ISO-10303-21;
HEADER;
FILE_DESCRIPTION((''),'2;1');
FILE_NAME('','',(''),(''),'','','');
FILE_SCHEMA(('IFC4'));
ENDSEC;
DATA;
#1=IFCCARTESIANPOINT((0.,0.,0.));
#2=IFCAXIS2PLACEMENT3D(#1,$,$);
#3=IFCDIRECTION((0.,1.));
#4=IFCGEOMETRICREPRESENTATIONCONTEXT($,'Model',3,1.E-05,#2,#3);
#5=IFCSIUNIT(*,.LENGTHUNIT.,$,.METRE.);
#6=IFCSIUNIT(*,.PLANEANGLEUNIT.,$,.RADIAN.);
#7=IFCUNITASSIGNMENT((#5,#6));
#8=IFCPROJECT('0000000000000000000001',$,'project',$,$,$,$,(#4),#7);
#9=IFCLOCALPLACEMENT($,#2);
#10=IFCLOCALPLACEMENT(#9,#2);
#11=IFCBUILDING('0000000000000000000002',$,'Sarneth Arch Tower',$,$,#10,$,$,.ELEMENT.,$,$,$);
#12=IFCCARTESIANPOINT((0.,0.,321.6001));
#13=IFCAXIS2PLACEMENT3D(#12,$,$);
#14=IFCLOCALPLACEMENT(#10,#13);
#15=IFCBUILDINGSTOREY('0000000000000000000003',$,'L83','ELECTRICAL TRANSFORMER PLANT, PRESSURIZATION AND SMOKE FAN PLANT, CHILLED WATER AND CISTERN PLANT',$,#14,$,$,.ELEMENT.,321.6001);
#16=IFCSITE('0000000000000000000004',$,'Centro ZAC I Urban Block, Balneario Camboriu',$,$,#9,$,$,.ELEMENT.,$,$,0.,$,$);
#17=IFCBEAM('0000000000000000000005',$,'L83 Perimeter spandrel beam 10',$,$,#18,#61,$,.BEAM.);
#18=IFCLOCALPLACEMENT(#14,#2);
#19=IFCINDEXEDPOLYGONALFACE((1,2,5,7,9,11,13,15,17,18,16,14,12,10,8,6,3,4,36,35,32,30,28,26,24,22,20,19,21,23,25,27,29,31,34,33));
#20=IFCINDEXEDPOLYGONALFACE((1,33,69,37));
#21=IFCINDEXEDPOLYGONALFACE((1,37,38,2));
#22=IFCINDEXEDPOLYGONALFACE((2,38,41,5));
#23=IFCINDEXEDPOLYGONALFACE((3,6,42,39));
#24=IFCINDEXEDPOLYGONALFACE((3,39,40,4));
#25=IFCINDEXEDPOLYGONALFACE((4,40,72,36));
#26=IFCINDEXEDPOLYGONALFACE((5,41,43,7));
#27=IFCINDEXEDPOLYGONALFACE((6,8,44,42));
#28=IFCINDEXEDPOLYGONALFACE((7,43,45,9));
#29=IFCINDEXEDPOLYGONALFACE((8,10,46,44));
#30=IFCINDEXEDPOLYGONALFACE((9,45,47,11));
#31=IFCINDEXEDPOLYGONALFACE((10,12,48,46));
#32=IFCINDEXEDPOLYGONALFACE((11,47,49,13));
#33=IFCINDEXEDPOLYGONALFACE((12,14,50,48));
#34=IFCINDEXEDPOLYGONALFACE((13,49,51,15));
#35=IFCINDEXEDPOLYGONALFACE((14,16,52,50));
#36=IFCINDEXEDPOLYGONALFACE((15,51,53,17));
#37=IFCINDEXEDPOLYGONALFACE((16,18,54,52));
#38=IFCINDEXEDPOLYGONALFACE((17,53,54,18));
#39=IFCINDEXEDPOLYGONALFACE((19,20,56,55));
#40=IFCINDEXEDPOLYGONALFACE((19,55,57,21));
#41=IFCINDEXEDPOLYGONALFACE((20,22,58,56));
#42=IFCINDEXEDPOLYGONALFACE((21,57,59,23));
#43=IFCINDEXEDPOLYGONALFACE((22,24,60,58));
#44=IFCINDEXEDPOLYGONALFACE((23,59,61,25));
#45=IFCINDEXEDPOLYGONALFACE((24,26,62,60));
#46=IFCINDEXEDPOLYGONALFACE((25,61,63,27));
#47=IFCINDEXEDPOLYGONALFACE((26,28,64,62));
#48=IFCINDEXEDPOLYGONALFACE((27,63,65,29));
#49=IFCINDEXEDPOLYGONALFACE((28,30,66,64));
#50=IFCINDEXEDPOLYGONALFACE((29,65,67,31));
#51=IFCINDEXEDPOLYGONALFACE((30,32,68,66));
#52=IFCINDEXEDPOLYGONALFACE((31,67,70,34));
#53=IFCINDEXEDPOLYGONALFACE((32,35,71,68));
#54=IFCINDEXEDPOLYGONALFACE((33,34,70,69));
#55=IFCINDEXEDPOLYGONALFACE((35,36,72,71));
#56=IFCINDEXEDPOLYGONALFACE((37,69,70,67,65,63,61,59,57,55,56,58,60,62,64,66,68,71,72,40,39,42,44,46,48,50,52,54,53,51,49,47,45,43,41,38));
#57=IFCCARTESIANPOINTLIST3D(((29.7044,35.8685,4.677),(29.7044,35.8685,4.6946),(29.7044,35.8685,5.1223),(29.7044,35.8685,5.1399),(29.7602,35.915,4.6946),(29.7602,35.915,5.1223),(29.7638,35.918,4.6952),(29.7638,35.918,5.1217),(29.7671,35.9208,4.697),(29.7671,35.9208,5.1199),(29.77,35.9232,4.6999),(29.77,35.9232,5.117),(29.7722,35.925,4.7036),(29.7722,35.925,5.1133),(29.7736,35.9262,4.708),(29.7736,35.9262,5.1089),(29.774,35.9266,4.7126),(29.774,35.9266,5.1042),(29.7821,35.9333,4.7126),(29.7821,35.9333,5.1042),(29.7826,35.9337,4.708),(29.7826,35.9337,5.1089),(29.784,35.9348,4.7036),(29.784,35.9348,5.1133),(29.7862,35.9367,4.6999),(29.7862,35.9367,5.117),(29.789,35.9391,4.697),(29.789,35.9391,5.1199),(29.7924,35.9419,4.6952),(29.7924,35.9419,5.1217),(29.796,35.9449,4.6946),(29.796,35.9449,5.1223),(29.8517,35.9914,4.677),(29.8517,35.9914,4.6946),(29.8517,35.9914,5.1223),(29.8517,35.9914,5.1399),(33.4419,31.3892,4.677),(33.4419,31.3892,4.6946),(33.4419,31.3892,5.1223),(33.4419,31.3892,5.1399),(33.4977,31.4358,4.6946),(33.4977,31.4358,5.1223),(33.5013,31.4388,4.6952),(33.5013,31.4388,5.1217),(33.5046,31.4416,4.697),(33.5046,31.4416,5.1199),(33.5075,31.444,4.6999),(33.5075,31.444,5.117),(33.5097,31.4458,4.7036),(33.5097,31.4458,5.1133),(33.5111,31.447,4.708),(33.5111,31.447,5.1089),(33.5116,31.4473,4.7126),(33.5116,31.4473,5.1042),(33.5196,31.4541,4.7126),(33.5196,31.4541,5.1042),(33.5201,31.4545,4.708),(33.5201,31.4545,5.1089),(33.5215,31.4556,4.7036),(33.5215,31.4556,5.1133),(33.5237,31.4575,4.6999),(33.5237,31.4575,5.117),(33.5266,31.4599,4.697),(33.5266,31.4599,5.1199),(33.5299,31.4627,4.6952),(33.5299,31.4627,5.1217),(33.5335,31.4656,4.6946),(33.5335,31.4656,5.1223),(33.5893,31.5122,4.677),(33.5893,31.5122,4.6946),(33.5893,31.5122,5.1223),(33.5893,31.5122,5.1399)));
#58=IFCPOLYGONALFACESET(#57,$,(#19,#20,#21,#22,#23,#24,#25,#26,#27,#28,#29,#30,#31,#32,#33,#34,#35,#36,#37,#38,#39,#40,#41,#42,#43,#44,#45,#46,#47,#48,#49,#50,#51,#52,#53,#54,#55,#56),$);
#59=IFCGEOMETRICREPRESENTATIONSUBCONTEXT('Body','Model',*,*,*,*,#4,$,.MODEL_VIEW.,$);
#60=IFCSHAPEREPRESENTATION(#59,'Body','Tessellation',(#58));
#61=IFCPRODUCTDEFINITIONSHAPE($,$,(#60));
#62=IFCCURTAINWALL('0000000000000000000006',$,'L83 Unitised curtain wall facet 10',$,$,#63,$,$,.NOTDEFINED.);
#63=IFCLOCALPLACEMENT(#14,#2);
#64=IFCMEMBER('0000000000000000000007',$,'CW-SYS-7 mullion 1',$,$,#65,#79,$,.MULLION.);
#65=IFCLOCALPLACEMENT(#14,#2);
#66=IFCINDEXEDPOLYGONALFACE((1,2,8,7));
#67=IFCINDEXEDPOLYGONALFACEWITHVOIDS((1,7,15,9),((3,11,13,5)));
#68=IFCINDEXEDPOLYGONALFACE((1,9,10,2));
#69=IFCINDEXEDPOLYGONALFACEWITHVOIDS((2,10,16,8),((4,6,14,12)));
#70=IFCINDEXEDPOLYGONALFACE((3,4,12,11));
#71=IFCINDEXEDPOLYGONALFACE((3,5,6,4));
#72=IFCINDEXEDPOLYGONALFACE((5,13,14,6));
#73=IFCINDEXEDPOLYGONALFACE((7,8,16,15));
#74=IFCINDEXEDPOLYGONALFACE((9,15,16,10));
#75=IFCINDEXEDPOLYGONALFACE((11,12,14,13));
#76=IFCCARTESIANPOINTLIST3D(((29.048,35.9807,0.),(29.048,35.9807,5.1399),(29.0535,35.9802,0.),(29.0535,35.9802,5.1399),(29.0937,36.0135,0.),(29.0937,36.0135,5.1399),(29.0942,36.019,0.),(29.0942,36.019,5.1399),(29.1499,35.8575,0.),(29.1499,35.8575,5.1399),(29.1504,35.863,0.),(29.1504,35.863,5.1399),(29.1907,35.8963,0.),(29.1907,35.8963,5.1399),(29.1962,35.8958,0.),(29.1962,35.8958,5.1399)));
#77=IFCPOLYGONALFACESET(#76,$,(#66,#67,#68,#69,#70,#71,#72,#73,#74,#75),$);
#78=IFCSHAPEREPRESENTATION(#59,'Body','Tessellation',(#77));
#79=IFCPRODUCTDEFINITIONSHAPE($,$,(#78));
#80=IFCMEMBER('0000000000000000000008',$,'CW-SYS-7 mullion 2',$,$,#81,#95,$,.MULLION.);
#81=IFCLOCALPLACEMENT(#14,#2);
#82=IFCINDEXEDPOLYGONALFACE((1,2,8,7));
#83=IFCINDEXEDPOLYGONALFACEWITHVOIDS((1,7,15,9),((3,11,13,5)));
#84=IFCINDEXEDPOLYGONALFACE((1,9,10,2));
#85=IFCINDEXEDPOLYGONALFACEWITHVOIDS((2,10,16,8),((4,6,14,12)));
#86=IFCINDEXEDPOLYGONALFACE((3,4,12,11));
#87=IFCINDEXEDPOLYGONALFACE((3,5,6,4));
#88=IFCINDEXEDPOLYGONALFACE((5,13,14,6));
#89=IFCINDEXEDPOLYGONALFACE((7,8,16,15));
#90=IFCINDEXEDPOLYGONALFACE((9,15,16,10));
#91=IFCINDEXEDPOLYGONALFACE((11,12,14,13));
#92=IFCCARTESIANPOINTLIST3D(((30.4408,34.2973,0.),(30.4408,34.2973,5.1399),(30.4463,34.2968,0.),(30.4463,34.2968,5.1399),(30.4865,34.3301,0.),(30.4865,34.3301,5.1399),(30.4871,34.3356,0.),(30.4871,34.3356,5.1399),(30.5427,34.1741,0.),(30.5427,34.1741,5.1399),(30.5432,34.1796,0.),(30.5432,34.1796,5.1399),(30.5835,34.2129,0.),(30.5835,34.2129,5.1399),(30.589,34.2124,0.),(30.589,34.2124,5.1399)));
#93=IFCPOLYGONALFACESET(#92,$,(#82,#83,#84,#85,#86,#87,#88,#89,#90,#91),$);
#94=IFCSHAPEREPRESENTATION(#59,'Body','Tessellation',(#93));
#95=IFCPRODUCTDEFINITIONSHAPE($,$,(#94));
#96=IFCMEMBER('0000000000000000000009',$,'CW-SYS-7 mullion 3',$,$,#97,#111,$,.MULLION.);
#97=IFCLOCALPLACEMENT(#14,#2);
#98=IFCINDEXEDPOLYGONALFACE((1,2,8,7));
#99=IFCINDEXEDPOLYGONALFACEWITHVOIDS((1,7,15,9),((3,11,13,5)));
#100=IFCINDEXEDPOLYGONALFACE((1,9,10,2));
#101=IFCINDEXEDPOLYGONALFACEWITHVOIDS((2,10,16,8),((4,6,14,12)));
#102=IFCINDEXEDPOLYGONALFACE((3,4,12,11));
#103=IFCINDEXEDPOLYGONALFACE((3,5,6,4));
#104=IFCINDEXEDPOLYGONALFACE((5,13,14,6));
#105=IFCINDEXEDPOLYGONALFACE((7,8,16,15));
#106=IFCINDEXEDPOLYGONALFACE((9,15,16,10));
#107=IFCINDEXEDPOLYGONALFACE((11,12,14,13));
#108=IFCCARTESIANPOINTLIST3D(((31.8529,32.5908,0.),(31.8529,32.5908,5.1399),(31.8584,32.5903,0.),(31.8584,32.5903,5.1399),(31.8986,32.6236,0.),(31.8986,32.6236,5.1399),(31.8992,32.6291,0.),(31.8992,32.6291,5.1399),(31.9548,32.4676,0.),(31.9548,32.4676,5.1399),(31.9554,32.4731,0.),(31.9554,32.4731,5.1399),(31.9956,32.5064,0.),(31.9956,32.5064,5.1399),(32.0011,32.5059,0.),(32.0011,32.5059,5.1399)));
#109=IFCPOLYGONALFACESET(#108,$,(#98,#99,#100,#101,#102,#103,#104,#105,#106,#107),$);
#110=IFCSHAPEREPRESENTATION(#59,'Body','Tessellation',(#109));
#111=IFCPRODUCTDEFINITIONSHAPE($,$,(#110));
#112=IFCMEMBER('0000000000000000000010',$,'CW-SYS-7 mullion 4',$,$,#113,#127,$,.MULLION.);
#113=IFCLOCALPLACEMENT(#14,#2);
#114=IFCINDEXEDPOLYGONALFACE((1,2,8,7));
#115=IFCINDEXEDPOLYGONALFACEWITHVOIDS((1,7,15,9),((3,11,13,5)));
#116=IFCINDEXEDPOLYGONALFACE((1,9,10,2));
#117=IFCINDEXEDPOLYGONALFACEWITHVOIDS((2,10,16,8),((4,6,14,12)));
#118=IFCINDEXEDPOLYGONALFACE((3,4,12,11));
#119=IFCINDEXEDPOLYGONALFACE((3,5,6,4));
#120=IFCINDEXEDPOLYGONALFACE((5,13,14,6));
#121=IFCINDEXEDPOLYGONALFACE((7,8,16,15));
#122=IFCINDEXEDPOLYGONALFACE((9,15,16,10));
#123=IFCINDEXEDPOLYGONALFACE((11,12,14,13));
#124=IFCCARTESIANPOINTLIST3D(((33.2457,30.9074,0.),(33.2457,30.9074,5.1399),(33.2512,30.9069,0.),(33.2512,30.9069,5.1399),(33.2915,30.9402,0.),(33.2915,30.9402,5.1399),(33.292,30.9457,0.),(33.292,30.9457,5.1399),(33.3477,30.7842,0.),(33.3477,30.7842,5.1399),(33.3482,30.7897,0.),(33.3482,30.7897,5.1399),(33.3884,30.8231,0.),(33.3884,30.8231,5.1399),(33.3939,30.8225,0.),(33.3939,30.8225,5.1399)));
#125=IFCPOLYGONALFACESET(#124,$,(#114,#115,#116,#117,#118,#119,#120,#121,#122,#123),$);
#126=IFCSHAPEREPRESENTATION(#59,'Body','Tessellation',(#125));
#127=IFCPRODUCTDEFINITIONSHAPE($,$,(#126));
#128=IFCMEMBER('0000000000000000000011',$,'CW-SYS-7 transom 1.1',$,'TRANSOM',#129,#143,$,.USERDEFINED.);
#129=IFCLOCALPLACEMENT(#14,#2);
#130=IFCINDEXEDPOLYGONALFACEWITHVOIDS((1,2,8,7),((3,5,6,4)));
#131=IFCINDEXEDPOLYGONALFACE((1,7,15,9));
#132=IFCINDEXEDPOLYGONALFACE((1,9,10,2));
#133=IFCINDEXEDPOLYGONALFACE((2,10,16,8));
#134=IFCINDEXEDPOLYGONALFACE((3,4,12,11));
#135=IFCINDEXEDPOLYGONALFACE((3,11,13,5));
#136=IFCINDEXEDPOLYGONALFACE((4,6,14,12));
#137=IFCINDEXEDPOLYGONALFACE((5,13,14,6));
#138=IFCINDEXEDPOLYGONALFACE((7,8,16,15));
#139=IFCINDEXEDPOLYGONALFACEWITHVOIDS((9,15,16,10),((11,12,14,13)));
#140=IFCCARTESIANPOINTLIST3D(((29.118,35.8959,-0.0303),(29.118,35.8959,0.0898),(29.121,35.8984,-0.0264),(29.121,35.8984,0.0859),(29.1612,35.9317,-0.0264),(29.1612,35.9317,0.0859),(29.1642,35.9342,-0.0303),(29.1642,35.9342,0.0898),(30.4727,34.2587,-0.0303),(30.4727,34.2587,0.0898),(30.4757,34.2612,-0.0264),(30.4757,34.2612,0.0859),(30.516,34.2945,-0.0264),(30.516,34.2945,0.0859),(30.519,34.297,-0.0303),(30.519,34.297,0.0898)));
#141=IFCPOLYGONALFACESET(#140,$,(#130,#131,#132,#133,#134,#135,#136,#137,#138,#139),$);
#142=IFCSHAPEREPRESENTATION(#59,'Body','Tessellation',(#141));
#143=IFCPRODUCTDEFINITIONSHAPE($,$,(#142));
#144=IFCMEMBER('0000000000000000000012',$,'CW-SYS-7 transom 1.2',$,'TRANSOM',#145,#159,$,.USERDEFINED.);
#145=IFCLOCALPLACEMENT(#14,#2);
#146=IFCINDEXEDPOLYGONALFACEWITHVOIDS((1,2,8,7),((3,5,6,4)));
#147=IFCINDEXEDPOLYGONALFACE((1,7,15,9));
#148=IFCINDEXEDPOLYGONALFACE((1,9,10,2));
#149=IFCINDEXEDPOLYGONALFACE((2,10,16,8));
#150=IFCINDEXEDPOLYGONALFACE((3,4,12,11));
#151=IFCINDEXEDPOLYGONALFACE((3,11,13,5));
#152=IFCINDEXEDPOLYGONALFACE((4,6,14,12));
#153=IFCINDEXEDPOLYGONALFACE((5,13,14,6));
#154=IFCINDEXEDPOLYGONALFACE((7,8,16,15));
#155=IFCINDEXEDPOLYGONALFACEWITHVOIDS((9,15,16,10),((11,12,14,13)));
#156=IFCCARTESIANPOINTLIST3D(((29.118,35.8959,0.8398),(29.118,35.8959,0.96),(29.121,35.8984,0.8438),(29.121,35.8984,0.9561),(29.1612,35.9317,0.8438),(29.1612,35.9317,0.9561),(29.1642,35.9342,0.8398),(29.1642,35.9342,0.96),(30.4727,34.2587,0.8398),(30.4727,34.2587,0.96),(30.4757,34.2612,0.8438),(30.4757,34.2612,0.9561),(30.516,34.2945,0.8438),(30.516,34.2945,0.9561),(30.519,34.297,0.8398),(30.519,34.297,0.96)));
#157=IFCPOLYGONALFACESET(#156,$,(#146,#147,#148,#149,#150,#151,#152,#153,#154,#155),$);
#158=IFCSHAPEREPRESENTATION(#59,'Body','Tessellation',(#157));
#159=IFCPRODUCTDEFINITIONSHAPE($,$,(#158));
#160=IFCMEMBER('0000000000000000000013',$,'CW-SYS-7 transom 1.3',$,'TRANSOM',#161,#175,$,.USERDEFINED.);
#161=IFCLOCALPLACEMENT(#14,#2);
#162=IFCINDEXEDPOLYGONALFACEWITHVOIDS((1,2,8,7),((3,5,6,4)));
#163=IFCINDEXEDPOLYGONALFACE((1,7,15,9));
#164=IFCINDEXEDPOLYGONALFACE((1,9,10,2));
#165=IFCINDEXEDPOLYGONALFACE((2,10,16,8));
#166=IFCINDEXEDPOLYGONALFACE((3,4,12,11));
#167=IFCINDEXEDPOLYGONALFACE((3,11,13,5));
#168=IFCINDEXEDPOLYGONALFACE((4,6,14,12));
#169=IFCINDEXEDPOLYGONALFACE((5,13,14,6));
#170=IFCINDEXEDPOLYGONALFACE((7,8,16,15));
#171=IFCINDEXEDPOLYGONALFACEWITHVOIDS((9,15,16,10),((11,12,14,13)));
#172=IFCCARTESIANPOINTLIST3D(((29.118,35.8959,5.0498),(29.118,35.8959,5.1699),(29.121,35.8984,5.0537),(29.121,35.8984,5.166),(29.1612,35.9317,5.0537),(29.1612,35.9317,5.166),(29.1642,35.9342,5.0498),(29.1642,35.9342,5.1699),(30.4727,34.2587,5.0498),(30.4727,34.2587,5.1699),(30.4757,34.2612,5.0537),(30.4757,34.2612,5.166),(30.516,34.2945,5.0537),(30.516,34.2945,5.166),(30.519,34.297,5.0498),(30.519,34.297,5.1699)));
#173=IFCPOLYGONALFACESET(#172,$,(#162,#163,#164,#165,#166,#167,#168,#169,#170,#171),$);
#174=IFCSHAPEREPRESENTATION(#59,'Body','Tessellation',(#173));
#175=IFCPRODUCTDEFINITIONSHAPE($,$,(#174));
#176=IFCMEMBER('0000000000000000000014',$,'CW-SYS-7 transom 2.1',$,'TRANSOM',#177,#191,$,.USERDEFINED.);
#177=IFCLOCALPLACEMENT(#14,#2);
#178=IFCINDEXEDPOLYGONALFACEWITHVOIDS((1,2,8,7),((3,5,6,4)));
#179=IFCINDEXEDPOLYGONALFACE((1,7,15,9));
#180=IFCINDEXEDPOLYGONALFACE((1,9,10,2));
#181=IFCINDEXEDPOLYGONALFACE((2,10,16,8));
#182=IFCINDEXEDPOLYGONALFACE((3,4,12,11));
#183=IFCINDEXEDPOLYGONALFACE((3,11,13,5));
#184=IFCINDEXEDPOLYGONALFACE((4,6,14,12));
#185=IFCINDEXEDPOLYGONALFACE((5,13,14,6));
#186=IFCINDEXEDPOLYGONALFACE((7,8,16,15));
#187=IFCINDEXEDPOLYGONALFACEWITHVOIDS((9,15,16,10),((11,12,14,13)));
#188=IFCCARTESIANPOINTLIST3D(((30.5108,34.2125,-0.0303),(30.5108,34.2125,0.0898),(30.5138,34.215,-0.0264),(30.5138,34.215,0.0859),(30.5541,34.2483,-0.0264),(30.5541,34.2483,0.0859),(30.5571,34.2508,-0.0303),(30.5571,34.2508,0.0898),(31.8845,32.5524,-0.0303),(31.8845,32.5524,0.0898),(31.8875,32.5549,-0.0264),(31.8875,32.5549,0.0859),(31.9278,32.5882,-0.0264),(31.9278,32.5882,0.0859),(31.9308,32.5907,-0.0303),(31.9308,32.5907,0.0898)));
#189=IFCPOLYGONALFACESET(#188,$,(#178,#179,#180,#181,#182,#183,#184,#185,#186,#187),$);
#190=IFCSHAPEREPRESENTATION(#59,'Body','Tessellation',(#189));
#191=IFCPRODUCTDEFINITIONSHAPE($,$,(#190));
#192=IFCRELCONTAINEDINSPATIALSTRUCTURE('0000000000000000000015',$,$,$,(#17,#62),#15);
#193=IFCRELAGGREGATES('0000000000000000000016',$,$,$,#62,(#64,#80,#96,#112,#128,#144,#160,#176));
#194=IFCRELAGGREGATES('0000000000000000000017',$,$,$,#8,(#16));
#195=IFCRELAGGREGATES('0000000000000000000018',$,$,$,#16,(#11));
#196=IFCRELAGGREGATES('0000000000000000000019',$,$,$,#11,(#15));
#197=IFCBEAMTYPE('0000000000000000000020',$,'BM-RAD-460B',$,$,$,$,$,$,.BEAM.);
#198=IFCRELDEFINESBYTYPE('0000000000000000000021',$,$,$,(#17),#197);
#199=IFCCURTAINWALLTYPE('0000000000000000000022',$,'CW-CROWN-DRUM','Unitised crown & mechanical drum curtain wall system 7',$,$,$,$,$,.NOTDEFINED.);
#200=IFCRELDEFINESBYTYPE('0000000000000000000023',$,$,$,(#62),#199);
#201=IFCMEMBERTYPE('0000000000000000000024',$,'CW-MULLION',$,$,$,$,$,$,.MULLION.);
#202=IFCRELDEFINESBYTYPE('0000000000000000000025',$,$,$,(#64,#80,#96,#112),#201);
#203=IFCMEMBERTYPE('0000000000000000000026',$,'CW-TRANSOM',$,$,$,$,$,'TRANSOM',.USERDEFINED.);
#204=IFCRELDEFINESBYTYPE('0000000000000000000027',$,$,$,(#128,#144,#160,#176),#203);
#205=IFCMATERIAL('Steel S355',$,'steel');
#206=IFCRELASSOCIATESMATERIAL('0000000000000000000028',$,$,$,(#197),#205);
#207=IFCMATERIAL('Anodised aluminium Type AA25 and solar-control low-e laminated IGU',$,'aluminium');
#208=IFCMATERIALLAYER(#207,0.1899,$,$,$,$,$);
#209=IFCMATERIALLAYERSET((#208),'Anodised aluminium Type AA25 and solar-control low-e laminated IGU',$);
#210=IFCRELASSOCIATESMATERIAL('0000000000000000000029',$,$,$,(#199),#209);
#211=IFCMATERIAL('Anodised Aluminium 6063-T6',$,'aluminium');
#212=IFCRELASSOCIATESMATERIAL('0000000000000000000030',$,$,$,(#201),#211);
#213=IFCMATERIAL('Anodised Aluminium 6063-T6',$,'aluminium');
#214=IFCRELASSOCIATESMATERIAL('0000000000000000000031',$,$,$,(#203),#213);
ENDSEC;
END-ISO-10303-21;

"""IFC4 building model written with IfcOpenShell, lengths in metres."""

from ifc_helpers import new_model, si_unit, direction, frame, origin, origin_2d, place, context, subcontext, project, spatial, hollow_rectangle, i_section, extrude, material, layer, layer_set, material_profile, profile_set, type_object, element, aggregate, save


model = new_model("IFC4")

# Units and contexts
model_context = context("Model", 3, precision=1e-05, world=origin(), true_north=direction((0.0, 1.0)))
body_context = subcontext(model_context, "Body", "Model", "MODEL_VIEW")
ifc_project = project(units=[si_unit("LENGTHUNIT", "METRE"), si_unit("PLANEANGLEUNIT", "RADIAN")], contexts=[model_context])

# Site, building, storey
site_placement = place(None, origin())
site = spatial("IfcSite", under=ifc_project, at=site_placement, Name="Centro ZAC I Urban Block, Balneario Camboriu", CompositionType="ELEMENT", RefElevation=0.0)
building_placement = place(site_placement, origin())
building = spatial("IfcBuilding", under=site, at=building_placement, Name="Sarneth Arch Tower", CompositionType="ELEMENT")
storey_placement = place(building_placement, frame((0.0, 0.0, 321.6001)))
storey = spatial("IfcBuildingStorey", under=building, at=storey_placement, Name="L83", Description="ELECTRICAL TRANSFORMER PLANT, PRESSURIZATION AND SMOKE FAN PLANT, CHILLED WATER AND CISTERN PLANT", CompositionType="ELEMENT", Elevation=321.6001)

# Beam
ifc_material_1 = material(Name="Steel S355", Category="steel")
ifc_material_profile_1 = material_profile(ifc_material_1, i_section(OverallWidth=0.1919, OverallDepth=0.4629, WebThickness=0.0105, FlangeThickness=0.0176, FilletRadius=0.0181, at=origin_2d()), Name="W460x89")
ifc_profile_set_1 = profile_set([ifc_material_profile_1], Name="Steel S355")
beam_type_1 = type_object("IfcBeamType", Name="BM-RAD-460B", PredefinedType="BEAM", material=ifc_profile_set_1)
beam_1_placement = place(storey_placement, frame((29.7781, 35.9299, 4.9084), z_axis=(0.640674, -0.767813, 0.0), x_axis=(0.767813, 0.640674, 0.0)))
element("IfcBeam", 1, at=beam_1_placement, inside=storey, type_object=beam_type_1, Name="L83 Perimeter spandrel beam 10", PredefinedType="BEAM", context=body_context, shape_type="SweptSolid", body=[
    extrude(i_section(OverallWidth=0.1919, OverallDepth=0.4629, WebThickness=0.0105, FlangeThickness=0.0176, FilletRadius=0.0181, at=origin_2d()), origin(), (0.0, 0.0, 1.0), 5.8337),
])

# Curtain wall, members
ifc_material_2 = material(Name="Anodised aluminium Type AA25 and solar-control low-e laminated IGU", Category="aluminium")
ifc_layer_1 = layer(ifc_material_2, 0.1899)
ifc_layer_set_1 = layer_set([ifc_layer_1], Name="Anodised aluminium Type AA25 and solar-control low-e laminated IGU")
curtain_wall_type = type_object("IfcCurtainWallType", Name="CW-CROWN-DRUM", Description="Unitised crown & mechanical drum curtain wall system 7", PredefinedType="NOTDEFINED", material=ifc_layer_set_1)
curtain_wall_placement = place(storey_placement, origin())
curtain_wall = element("IfcCurtainWall", 2, at=curtain_wall_placement, inside=storey, type_object=curtain_wall_type, Name="L83 Unitised curtain wall facet 10", PredefinedType="NOTDEFINED")
ifc_material_3 = material(Name="Anodised Aluminium 6063-T6", Category="aluminium")
ifc_material_profile_2 = material_profile(ifc_material_3, hollow_rectangle(XDim=0.0601, YDim=0.1599, WallThickness=0.0039, at=origin_2d()), Name="AL-MULL-160x60x4")
ifc_profile_set_2 = profile_set([ifc_material_profile_2], Name="Anodised Aluminium 6063-T6")
member_type_1 = type_object("IfcMemberType", Name="CW-MULLION", PredefinedType="MULLION", material=ifc_profile_set_2)
member_1_placement = place(storey_placement, frame((29.1221, 35.9382, 0.0), z_axis=(0.0, 0.0, 1.0), x_axis=(0.770446, 0.637505, 0.0)))
member_1 = element("IfcMember", 3, at=member_1_placement, type_object=member_type_1, Name="CW-SYS-7 mullion 1", PredefinedType="MULLION", context=body_context, shape_type="SweptSolid", body=[
    extrude(hollow_rectangle(XDim=0.0601, YDim=0.1599, WallThickness=0.0039, at=origin_2d()), origin(), (0.0, 0.0, 1.0), 5.1399),
])
member_2_placement = place(storey_placement, frame((30.5149, 34.2549, 0.0), z_axis=(0.0, 0.0, 1.0), x_axis=(0.770446, 0.637505, 0.0)))
member_2 = element("IfcMember", 4, at=member_2_placement, type_object=member_type_1, Name="CW-SYS-7 mullion 2", PredefinedType="MULLION", context=body_context, shape_type="SweptSolid", body=[
    extrude(hollow_rectangle(XDim=0.0601, YDim=0.1599, WallThickness=0.0039, at=origin_2d()), origin(), (0.0, 0.0, 1.0), 5.1399),
])
member_3_placement = place(storey_placement, frame((31.927, 32.5483, 0.0), z_axis=(0.0, 0.0, 1.0), x_axis=(0.770446, 0.637505, 0.0)))
member_3 = element("IfcMember", 5, at=member_3_placement, type_object=member_type_1, Name="CW-SYS-7 mullion 3", PredefinedType="MULLION", context=body_context, shape_type="SweptSolid", body=[
    extrude(hollow_rectangle(XDim=0.0601, YDim=0.1599, WallThickness=0.0039, at=origin_2d()), origin(), (0.0, 0.0, 1.0), 5.1399),
])
member_4_placement = place(storey_placement, frame((33.3198, 30.865, 0.0), z_axis=(0.0, 0.0, 1.0), x_axis=(0.770446, 0.637505, 0.0)))
member_4 = element("IfcMember", 6, at=member_4_placement, type_object=member_type_1, Name="CW-SYS-7 mullion 4", PredefinedType="MULLION", context=body_context, shape_type="SweptSolid", body=[
    extrude(hollow_rectangle(XDim=0.0601, YDim=0.1599, WallThickness=0.0039, at=origin_2d()), origin(), (0.0, 0.0, 1.0), 5.1399),
])
ifc_material_4 = material(Name="Anodised Aluminium 6063-T6", Category="aluminium")
ifc_material_profile_3 = material_profile(ifc_material_4, hollow_rectangle(XDim=0.0601, YDim=0.1201, WallThickness=0.0039, at=origin_2d()), Name="AL-TRAN-120x60x4")
ifc_profile_set_3 = profile_set([ifc_material_profile_3], Name="Anodised Aluminium 6063-T6")
member_type_2 = type_object("IfcMemberType", Name="CW-TRANSOM", ElementType="TRANSOM", PredefinedType="USERDEFINED", material=ifc_profile_set_3)
member_5_placement = place(storey_placement, frame((29.1411, 35.915, 0.0298), z_axis=(0.637514, -0.770439, 0.0), x_axis=(0.770439, 0.637514, 0.0)))
member_5 = element("IfcMember", 7, at=member_5_placement, type_object=member_type_2, Name="CW-SYS-7 transom 1.1", ObjectType="TRANSOM", PredefinedType="USERDEFINED", context=body_context, shape_type="SweptSolid", body=[
    extrude(hollow_rectangle(XDim=0.0601, YDim=0.1201, WallThickness=0.0039, at=origin_2d()), origin(), (0.0, 0.0, 1.0), 2.125),
])
member_6_placement = place(storey_placement, frame((29.1411, 35.915, 0.8999), z_axis=(0.637514, -0.770439, 0.0), x_axis=(0.770439, 0.637514, 0.0)))
member_6 = element("IfcMember", 8, at=member_6_placement, type_object=member_type_2, Name="CW-SYS-7 transom 1.2", ObjectType="TRANSOM", PredefinedType="USERDEFINED", context=body_context, shape_type="SweptSolid", body=[
    extrude(hollow_rectangle(XDim=0.0601, YDim=0.1201, WallThickness=0.0039, at=origin_2d()), origin(), (0.0, 0.0, 1.0), 2.125),
])
member_7_placement = place(storey_placement, frame((29.1411, 35.915, 5.1099), z_axis=(0.637514, -0.770439, 0.0), x_axis=(0.770439, 0.637514, 0.0)))
member_7 = element("IfcMember", 9, at=member_7_placement, type_object=member_type_2, Name="CW-SYS-7 transom 1.3", ObjectType="TRANSOM", PredefinedType="USERDEFINED", context=body_context, shape_type="SweptSolid", body=[
    extrude(hollow_rectangle(XDim=0.0601, YDim=0.1201, WallThickness=0.0039, at=origin_2d()), origin(), (0.0, 0.0, 1.0), 2.125),
])
member_8_placement = place(storey_placement, frame((30.5339, 34.2317, 0.0298), z_axis=(0.637528, -0.770427, 0.0), x_axis=(0.770427, 0.637528, 0.0)))
member_8 = element("IfcMember", 10, at=member_8_placement, type_object=member_type_2, Name="CW-SYS-7 transom 2.1", ObjectType="TRANSOM", PredefinedType="USERDEFINED", context=body_context, shape_type="SweptSolid", body=[
    extrude(hollow_rectangle(XDim=0.0601, YDim=0.1201, WallThickness=0.0039, at=origin_2d()), origin(), (0.0, 0.0, 1.0), 2.1548),
])
aggregate(curtain_wall, [member_1, member_2, member_3, member_4, member_5, member_6, member_7, member_8])

save(model, "model.ifc")
